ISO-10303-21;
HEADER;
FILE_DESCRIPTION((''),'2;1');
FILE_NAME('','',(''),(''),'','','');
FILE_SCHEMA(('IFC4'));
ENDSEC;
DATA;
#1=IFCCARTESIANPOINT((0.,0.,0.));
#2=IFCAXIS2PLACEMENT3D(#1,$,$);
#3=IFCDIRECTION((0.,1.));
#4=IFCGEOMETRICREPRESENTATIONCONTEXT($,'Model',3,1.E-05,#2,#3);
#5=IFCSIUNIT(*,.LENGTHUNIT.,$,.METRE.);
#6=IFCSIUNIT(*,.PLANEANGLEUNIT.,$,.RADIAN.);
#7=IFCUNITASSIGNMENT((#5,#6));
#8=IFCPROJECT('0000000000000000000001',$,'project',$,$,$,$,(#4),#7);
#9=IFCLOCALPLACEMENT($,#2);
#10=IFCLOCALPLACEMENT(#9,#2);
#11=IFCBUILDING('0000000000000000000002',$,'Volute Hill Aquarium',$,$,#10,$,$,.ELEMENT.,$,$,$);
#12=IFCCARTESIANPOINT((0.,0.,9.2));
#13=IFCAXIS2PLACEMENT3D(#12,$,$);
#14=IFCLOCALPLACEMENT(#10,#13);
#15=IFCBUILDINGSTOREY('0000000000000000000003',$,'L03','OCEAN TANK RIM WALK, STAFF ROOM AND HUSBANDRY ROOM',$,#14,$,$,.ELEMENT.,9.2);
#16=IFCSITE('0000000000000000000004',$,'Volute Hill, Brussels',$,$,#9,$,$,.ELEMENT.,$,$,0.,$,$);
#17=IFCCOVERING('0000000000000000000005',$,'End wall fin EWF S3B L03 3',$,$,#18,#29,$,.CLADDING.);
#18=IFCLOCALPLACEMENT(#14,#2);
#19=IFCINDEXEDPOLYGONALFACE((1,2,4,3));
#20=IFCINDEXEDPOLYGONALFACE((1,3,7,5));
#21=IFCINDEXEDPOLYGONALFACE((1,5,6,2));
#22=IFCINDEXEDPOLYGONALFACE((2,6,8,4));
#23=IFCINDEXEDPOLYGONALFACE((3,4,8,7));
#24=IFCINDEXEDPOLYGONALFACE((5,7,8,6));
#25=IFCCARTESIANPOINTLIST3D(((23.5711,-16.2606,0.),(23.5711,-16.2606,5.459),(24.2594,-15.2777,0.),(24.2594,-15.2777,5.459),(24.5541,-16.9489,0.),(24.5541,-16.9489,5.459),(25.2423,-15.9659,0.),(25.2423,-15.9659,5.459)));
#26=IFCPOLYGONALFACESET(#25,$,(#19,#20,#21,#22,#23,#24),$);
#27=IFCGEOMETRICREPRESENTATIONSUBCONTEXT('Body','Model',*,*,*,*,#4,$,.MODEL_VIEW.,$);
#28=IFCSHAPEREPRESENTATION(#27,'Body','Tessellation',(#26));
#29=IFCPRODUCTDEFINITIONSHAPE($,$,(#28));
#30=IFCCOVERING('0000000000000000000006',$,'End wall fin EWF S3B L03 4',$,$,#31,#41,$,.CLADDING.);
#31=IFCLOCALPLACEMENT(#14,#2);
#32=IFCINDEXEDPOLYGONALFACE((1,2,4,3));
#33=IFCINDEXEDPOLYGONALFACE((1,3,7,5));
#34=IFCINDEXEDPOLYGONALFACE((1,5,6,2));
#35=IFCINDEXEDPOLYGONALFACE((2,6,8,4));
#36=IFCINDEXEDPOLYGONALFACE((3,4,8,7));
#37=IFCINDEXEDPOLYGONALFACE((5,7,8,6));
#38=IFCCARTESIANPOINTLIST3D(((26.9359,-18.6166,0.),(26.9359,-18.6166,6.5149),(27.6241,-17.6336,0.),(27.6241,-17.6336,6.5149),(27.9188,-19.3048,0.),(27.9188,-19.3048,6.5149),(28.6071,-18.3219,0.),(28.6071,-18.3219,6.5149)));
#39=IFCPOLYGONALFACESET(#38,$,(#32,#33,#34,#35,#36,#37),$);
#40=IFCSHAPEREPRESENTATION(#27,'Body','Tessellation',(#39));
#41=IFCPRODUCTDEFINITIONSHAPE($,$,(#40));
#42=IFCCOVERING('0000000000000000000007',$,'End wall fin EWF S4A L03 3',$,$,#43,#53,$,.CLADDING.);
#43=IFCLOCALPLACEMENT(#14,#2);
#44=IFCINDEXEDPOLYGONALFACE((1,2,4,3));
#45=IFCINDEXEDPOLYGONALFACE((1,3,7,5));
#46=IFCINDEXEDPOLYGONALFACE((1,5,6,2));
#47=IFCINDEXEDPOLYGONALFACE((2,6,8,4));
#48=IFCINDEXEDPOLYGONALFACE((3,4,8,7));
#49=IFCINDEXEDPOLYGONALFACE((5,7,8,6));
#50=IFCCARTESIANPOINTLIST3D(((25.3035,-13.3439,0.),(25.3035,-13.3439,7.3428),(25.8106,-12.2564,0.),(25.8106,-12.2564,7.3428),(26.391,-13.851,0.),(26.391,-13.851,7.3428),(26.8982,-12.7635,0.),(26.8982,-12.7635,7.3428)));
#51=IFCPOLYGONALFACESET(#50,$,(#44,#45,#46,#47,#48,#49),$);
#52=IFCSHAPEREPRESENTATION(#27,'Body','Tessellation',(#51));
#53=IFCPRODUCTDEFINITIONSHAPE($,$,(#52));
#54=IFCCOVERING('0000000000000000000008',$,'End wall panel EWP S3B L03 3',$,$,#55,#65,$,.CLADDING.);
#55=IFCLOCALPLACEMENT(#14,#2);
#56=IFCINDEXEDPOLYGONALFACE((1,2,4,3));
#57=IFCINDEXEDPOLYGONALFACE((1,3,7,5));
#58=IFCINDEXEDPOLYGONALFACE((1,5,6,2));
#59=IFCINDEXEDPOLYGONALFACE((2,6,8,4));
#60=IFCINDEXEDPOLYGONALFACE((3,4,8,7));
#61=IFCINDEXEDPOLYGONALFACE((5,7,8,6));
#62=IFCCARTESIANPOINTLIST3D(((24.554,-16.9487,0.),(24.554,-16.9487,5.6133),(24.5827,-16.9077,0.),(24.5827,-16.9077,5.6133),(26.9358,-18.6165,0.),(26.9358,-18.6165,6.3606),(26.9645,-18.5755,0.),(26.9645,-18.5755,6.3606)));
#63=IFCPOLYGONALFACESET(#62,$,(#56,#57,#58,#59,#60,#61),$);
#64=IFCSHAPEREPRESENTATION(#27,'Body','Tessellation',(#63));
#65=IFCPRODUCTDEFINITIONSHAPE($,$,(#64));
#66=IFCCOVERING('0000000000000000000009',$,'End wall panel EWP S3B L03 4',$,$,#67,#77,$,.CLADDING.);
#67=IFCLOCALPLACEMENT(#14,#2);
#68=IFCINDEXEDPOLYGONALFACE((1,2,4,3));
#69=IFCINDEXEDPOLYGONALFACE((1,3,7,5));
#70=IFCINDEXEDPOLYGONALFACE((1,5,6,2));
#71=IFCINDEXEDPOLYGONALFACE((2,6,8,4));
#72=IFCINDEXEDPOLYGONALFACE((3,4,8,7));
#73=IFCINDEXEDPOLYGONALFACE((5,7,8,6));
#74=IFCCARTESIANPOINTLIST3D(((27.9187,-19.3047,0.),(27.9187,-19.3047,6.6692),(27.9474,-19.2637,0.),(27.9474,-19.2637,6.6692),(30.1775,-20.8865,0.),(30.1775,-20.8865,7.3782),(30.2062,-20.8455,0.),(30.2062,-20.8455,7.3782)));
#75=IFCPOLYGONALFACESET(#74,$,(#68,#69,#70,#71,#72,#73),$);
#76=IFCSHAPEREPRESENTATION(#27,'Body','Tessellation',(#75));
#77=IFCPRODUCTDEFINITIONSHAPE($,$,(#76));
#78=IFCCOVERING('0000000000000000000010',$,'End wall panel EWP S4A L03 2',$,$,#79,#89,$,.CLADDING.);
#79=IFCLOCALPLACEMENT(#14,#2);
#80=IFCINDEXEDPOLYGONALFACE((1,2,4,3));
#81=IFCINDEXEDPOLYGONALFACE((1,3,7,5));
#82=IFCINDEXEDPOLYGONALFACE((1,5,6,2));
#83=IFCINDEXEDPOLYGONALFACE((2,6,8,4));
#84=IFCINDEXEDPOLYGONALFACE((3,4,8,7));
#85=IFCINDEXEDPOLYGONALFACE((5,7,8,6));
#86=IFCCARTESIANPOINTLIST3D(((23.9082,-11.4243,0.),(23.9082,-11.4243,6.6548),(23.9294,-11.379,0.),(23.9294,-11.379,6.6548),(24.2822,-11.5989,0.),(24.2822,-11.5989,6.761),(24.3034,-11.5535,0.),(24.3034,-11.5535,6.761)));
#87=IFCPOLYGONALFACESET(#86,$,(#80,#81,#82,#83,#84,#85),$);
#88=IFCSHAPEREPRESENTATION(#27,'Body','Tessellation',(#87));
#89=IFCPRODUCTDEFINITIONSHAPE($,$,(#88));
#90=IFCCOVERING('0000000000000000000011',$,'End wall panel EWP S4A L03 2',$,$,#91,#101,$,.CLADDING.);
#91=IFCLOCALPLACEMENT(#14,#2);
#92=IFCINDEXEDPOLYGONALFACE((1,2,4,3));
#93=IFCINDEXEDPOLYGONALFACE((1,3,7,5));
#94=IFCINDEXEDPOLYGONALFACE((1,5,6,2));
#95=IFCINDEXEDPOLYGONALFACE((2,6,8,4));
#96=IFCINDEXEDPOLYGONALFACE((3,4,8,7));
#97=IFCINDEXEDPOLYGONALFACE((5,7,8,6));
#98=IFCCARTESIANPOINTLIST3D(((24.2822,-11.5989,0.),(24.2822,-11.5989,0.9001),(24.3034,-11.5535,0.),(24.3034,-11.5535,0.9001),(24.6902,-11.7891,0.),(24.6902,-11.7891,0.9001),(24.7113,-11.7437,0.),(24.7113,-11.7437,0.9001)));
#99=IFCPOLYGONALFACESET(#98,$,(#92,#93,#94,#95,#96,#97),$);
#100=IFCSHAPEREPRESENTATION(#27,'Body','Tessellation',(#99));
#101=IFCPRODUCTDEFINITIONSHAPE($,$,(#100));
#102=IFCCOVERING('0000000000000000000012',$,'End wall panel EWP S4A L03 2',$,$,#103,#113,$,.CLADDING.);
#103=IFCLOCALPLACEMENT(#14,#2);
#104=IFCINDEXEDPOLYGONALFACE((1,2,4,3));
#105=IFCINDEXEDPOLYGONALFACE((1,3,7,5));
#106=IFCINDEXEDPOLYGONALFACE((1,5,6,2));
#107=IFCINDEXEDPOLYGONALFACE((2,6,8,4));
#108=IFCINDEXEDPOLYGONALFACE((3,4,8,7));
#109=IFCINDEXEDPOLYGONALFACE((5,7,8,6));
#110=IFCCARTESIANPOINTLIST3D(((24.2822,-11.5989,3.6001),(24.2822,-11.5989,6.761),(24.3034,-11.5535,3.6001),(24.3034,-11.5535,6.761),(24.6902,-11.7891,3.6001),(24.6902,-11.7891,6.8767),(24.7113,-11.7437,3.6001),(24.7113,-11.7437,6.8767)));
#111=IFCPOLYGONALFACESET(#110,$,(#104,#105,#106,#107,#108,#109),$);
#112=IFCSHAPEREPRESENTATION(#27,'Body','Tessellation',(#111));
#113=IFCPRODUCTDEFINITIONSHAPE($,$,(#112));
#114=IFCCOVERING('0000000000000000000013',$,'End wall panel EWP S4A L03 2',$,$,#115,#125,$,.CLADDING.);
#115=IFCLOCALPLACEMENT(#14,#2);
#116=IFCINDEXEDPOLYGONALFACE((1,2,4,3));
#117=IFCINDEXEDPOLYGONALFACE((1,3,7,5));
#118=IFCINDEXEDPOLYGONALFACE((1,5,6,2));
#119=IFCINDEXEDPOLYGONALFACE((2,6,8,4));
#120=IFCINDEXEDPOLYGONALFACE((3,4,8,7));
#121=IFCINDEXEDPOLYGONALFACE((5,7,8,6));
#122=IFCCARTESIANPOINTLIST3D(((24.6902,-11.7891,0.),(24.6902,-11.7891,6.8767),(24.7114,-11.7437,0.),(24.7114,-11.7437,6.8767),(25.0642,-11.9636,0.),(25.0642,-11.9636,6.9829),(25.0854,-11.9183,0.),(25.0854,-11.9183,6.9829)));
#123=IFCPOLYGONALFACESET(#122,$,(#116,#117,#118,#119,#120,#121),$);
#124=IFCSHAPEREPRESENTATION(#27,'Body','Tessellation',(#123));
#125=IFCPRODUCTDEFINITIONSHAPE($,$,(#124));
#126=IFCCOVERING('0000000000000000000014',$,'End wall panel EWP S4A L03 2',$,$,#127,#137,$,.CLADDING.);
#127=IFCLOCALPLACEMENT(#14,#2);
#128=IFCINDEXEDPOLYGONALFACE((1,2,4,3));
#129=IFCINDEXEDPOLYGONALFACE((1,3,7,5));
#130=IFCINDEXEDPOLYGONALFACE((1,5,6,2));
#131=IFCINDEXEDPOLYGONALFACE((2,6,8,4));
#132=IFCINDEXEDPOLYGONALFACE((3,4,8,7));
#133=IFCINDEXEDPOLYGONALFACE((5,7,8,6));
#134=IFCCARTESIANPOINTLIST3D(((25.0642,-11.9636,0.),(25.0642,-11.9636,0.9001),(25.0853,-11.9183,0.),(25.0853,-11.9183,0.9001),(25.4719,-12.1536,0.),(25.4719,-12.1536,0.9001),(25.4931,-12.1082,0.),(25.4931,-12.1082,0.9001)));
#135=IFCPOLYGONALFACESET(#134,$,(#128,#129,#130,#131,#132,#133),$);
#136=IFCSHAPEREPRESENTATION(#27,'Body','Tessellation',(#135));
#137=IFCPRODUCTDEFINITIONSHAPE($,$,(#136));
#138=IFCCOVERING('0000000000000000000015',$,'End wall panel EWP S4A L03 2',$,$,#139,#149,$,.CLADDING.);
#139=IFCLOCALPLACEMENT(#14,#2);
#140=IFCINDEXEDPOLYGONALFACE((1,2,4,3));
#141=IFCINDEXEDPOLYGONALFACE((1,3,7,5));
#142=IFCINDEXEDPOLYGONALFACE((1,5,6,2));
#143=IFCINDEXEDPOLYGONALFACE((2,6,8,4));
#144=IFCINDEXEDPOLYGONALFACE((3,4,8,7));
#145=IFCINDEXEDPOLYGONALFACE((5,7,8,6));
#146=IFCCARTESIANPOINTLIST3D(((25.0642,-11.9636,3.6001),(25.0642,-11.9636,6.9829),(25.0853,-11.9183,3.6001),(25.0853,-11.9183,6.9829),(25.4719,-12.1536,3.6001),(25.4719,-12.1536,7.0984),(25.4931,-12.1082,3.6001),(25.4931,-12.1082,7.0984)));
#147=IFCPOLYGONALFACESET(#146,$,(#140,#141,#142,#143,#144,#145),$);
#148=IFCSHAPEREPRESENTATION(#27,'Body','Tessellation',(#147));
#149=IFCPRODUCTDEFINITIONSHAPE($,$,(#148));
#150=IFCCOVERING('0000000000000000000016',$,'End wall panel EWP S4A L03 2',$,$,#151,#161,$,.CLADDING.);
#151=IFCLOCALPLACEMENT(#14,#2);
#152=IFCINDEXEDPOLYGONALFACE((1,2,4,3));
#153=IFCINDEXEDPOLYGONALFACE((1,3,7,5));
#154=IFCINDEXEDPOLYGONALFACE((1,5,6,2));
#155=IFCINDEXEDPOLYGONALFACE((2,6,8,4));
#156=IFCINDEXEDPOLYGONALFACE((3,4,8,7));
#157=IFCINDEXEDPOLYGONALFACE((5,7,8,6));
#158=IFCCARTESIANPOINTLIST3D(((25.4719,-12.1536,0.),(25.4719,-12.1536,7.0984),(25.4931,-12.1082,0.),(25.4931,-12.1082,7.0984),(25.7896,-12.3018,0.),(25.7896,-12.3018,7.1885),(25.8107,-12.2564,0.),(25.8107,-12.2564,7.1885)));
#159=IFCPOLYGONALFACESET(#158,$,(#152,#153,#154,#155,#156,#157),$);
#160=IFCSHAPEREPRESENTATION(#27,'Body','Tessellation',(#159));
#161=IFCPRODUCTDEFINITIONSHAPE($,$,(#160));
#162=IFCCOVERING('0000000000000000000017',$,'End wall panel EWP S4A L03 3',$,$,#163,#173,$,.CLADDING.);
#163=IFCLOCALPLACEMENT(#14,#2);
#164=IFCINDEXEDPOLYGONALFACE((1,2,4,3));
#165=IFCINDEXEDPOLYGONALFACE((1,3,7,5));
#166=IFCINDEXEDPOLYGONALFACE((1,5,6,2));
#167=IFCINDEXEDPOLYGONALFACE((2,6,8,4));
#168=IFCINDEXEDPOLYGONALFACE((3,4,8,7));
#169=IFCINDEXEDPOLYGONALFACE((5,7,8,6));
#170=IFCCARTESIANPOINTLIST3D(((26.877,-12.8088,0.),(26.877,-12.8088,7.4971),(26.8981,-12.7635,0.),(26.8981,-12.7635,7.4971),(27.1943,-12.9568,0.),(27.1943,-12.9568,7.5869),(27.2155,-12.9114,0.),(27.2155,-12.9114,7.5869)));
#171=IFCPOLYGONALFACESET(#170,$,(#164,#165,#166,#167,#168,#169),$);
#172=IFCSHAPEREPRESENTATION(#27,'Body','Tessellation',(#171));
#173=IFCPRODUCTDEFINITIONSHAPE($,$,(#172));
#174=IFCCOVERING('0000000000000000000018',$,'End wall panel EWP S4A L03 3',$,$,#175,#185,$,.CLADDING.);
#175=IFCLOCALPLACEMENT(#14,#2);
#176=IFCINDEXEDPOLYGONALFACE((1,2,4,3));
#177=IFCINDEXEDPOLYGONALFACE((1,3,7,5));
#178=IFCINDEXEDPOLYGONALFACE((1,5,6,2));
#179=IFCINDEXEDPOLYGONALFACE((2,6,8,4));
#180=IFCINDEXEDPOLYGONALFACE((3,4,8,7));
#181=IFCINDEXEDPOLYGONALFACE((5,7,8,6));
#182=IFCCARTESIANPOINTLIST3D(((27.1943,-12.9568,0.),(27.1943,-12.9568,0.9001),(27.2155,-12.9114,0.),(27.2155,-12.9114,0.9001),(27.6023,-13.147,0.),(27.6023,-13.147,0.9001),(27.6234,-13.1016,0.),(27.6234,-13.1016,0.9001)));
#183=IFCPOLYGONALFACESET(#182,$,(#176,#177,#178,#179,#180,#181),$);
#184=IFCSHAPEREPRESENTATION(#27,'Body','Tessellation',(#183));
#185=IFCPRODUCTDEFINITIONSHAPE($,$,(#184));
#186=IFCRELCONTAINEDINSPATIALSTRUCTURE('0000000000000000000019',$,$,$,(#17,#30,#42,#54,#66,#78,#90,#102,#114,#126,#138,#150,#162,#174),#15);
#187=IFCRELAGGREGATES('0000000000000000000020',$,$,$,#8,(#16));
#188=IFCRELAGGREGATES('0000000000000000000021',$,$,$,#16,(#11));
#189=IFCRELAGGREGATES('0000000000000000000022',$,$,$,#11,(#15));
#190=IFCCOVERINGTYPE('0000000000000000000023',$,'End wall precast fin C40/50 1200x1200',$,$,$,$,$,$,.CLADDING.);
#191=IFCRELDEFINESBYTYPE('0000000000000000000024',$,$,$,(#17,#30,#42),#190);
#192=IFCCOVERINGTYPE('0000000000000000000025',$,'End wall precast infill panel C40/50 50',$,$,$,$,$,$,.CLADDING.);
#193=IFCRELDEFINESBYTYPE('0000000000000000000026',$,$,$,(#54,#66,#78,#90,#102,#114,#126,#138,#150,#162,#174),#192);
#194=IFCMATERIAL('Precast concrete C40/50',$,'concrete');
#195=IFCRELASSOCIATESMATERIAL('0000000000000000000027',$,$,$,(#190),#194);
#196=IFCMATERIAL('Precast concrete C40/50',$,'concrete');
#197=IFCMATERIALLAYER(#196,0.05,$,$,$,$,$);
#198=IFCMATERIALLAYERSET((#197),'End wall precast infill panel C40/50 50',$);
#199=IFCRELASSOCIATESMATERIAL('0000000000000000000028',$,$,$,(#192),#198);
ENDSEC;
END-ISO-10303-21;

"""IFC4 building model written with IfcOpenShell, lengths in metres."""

from ifc_helpers import new_model, si_unit, direction, frame, origin, origin_2d, place, context, subcontext, project, spatial, polyline, rectangle, outline, extrude, material, layer, layer_set, type_object, element, save


model = new_model("IFC4")

# Units and contexts
model_context = context("Model", 3, precision=1e-05, world=origin(), true_north=direction((0.0, 1.0)))
body_context = subcontext(model_context, "Body", "Model", "MODEL_VIEW")
ifc_project = project(units=[si_unit("LENGTHUNIT", "METRE"), si_unit("PLANEANGLEUNIT", "RADIAN")], contexts=[model_context])

# Site, building, storey
site_placement = place(None, origin())
site = spatial("IfcSite", under=ifc_project, at=site_placement, Name="Volute Hill, Brussels", CompositionType="ELEMENT", RefElevation=0.0)
building_placement = place(site_placement, origin())
building = spatial("IfcBuilding", under=site, at=building_placement, Name="Volute Hill Aquarium", CompositionType="ELEMENT")
storey_placement = place(building_placement, frame((0.0, 0.0, 9.2)))
storey = spatial("IfcBuildingStorey", under=building, at=storey_placement, Name="L03", Description="OCEAN TANK RIM WALK, STAFF ROOM AND HUSBANDRY ROOM", CompositionType="ELEMENT", Elevation=9.2)

# Coverings
ifc_material_1 = material(Name="Precast concrete C40/50", Category="concrete")
covering_type_1 = type_object("IfcCoveringType", Name="End wall precast fin C40/50 1200x1200", PredefinedType="CLADDING", material=ifc_material_1)
covering_1_placement = place(storey_placement, frame((24.4067, -16.1133, 0.0), z_axis=(0.0, 0.0, 1.0), x_axis=(0.819151, -0.573578, 0.0)))
element("IfcCovering", 1, at=covering_1_placement, inside=storey, type_object=covering_type_1, Name="End wall fin EWF S3B L03 3", PredefinedType="CLADDING", context=body_context, shape_type="SweptSolid", body=[
    extrude(rectangle(XDim=1.2, YDim=1.2, at=origin_2d()), origin(), (0.0, 0.0, 1.0), 5.459),
])
covering_2_placement = place(storey_placement, frame((27.7715, -18.4692, 0.0), z_axis=(0.0, 0.0, 1.0), x_axis=(0.819151, -0.573578, 0.0)))
element("IfcCovering", 2, at=covering_2_placement, inside=storey, type_object=covering_type_1, Name="End wall fin EWF S3B L03 4", PredefinedType="CLADDING", context=body_context, shape_type="SweptSolid", body=[
    extrude(rectangle(XDim=1.2, YDim=1.2, at=origin_2d()), origin(), (0.0, 0.0, 1.0), 6.5149),
])
covering_3_placement = place(storey_placement, frame((26.1008, -13.0537, 0.0), z_axis=(0.0, 0.0, 1.0), x_axis=(0.906307, -0.42262, 0.0)))
element("IfcCovering", 3, at=covering_3_placement, inside=storey, type_object=covering_type_1, Name="End wall fin EWF S4A L03 3", PredefinedType="CLADDING", context=body_context, shape_type="SweptSolid", body=[
    extrude(rectangle(XDim=1.2, YDim=1.2, at=origin_2d()), origin(), (0.0, 0.0, 1.0), 7.3428),
])
ifc_material_2 = material(Name="Precast concrete C40/50", Category="concrete")
ifc_layer_1 = layer(ifc_material_2, 0.05)
ifc_layer_set_1 = layer_set([ifc_layer_1], Name="End wall precast infill panel C40/50 50")
covering_type_2 = type_object("IfcCoveringType", Name="End wall precast infill panel C40/50 50", PredefinedType="CLADDING", material=ifc_layer_set_1)
covering_4_placement = place(storey_placement, frame((24.554, -16.9487, 0.0), z_axis=(-0.573564, -0.819161, 0.0), x_axis=(0.819161, -0.573564, 0.0)))
element("IfcCovering", 4, at=covering_4_placement, inside=storey, type_object=covering_type_2, Name="End wall panel EWP S3B L03 3", PredefinedType="CLADDING", context=body_context, shape_type="SweptSolid", body=[
    extrude(outline(polyline([(0.0, 0.0), (2.9077, 0.0), (2.9077, 6.3606), (0.0, 5.6133), (0.0, 0.0)])), origin(), (0.0, 0.0, -1.0), 0.05),
])
covering_5_placement = place(storey_placement, frame((27.9187, -19.3047, 0.0), z_axis=(-0.573617, -0.819124, 0.0), x_axis=(0.819124, -0.573617, 0.0)))
element("IfcCovering", 5, at=covering_5_placement, inside=storey, type_object=covering_type_2, Name="End wall panel EWP S3B L03 4", PredefinedType="CLADDING", context=body_context, shape_type="SweptSolid", body=[
    extrude(outline(polyline([(0.0, 0.0), (2.7576, 0.0), (2.7576, 7.3782), (0.0, 6.6692), (0.0, 0.0)])), origin(), (0.0, 0.0, -1.0), 0.05),
])
covering_6_placement = place(storey_placement, frame((23.9082, -11.4243, 0.0), z_axis=(-0.422918, -0.906168, 0.0), x_axis=(0.906168, -0.422918, 0.0)))
element("IfcCovering", 6, at=covering_6_placement, inside=storey, type_object=covering_type_2, Name="End wall panel EWP S4A L03 2", PredefinedType="CLADDING", context=body_context, shape_type="SweptSolid", body=[
    extrude(outline(polyline([(0.0, 0.0), (0.4128, 0.0), (0.4128, 6.761), (0.0, 6.6548), (0.0, 0.0)])), origin(), (0.0, 0.0, -1.0), 0.05),
])
covering_7_placement = place(storey_placement, frame((24.2822, -11.5989, 0.0), z_axis=(-0.422529, -0.906349, 0.0), x_axis=(0.906349, -0.422529, 0.0)))
element("IfcCovering", 7, at=covering_7_placement, inside=storey, type_object=covering_type_2, Name="End wall panel EWP S4A L03 2", PredefinedType="CLADDING", context=body_context, shape_type="SweptSolid", body=[
    extrude(outline(polyline([(0.0, 0.0), (0.4501, 0.0), (0.4501, 0.9001), (0.0, 0.9001), (0.0, 0.0)])), origin(), (0.0, 0.0, -1.0), 0.05),
])
covering_8_placement = place(storey_placement, frame((24.2822, -11.5989, 3.6001), z_axis=(-0.422529, -0.906349, 0.0), x_axis=(0.906349, -0.422529, 0.0)))
element("IfcCovering", 8, at=covering_8_placement, inside=storey, type_object=covering_type_2, Name="End wall panel EWP S4A L03 2", PredefinedType="CLADDING", context=body_context, shape_type="SweptSolid", body=[
    extrude(outline(polyline([(0.0, 0.0), (0.4501, 0.0), (0.4501, 3.2766), (0.0, 3.1609), (0.0, 0.0)])), origin(), (0.0, 0.0, -1.0), 0.05),
])
covering_9_placement = place(storey_placement, frame((24.6902, -11.7891, 0.0), z_axis=(-0.422918, -0.906168, 0.0), x_axis=(0.906168, -0.422918, 0.0)))
element("IfcCovering", 9, at=covering_9_placement, inside=storey, type_object=covering_type_2, Name="End wall panel EWP S4A L03 2", PredefinedType="CLADDING", context=body_context, shape_type="SweptSolid", body=[
    extrude(outline(polyline([(0.0, 0.0), (0.4128, 0.0), (0.4128, 6.9829), (0.0, 6.8767), (0.0, 0.0)])), origin(), (0.0, 0.0, -1.0), 0.05),
])
covering_10_placement = place(storey_placement, frame((25.0642, -11.9636, 0.0), z_axis=(-0.422291, -0.90646, 0.0), x_axis=(0.90646, -0.422291, 0.0)))
element("IfcCovering", 10, at=covering_10_placement, inside=storey, type_object=covering_type_2, Name="End wall panel EWP S4A L03 2", PredefinedType="CLADDING", context=body_context, shape_type="SweptSolid", body=[
    extrude(outline(polyline([(0.0, 0.0), (0.4498, 0.0), (0.4498, 0.9001), (0.0, 0.9001), (0.0, 0.0)])), origin(), (0.0, 0.0, -1.0), 0.05),
])
covering_11_placement = place(storey_placement, frame((25.0642, -11.9636, 3.6001), z_axis=(-0.422291, -0.90646, 0.0), x_axis=(0.90646, -0.422291, 0.0)))
element("IfcCovering", 11, at=covering_11_placement, inside=storey, type_object=covering_type_2, Name="End wall panel EWP S4A L03 2", PredefinedType="CLADDING", context=body_context, shape_type="SweptSolid", body=[
    extrude(outline(polyline([(0.0, 0.0), (0.4498, 0.0), (0.4498, 3.4983), (0.0, 3.3828), (0.0, 0.0)])), origin(), (0.0, 0.0, -1.0), 0.05),
])
covering_12_placement = place(storey_placement, frame((25.4719, -12.1536, 0.0), z_axis=(-0.422809, -0.906219, 0.0), x_axis=(0.906219, -0.422809, 0.0)))
element("IfcCovering", 12, at=covering_12_placement, inside=storey, type_object=covering_type_2, Name="End wall panel EWP S4A L03 2", PredefinedType="CLADDING", context=body_context, shape_type="SweptSolid", body=[
    extrude(outline(polyline([(0.0, 0.0), (0.3505, 0.0), (0.3505, 7.1885), (0.0, 7.0984), (0.0, 0.0)])), origin(), (0.0, 0.0, -1.0), 0.05),
])
covering_13_placement = place(storey_placement, frame((26.877, -12.8088, 0.0), z_axis=(-0.422504, -0.906361, 0.0), x_axis=(0.906361, -0.422504, 0.0)))
element("IfcCovering", 13, at=covering_13_placement, inside=storey, type_object=covering_type_2, Name="End wall panel EWP S4A L03 3", PredefinedType="CLADDING", context=body_context, shape_type="SweptSolid", body=[
    extrude(outline(polyline([(0.0, 0.0), (0.3502, 0.0), (0.3502, 7.5869), (0.0, 7.4971), (0.0, 0.0)])), origin(), (0.0, 0.0, -1.0), 0.05),
])
covering_14_placement = place(storey_placement, frame((27.1943, -12.9568, 0.0), z_axis=(-0.422529, -0.906349, 0.0), x_axis=(0.906349, -0.422529, 0.0)))
element("IfcCovering", 14, at=covering_14_placement, inside=storey, type_object=covering_type_2, Name="End wall panel EWP S4A L03 3", PredefinedType="CLADDING", context=body_context, shape_type="SweptSolid", body=[
    extrude(outline(polyline([(0.0, 0.0), (0.4501, 0.0), (0.4501, 0.9001), (0.0, 0.9001), (0.0, 0.0)])), origin(), (0.0, 0.0, -1.0), 0.05),
])

save(model, "model.ifc")
